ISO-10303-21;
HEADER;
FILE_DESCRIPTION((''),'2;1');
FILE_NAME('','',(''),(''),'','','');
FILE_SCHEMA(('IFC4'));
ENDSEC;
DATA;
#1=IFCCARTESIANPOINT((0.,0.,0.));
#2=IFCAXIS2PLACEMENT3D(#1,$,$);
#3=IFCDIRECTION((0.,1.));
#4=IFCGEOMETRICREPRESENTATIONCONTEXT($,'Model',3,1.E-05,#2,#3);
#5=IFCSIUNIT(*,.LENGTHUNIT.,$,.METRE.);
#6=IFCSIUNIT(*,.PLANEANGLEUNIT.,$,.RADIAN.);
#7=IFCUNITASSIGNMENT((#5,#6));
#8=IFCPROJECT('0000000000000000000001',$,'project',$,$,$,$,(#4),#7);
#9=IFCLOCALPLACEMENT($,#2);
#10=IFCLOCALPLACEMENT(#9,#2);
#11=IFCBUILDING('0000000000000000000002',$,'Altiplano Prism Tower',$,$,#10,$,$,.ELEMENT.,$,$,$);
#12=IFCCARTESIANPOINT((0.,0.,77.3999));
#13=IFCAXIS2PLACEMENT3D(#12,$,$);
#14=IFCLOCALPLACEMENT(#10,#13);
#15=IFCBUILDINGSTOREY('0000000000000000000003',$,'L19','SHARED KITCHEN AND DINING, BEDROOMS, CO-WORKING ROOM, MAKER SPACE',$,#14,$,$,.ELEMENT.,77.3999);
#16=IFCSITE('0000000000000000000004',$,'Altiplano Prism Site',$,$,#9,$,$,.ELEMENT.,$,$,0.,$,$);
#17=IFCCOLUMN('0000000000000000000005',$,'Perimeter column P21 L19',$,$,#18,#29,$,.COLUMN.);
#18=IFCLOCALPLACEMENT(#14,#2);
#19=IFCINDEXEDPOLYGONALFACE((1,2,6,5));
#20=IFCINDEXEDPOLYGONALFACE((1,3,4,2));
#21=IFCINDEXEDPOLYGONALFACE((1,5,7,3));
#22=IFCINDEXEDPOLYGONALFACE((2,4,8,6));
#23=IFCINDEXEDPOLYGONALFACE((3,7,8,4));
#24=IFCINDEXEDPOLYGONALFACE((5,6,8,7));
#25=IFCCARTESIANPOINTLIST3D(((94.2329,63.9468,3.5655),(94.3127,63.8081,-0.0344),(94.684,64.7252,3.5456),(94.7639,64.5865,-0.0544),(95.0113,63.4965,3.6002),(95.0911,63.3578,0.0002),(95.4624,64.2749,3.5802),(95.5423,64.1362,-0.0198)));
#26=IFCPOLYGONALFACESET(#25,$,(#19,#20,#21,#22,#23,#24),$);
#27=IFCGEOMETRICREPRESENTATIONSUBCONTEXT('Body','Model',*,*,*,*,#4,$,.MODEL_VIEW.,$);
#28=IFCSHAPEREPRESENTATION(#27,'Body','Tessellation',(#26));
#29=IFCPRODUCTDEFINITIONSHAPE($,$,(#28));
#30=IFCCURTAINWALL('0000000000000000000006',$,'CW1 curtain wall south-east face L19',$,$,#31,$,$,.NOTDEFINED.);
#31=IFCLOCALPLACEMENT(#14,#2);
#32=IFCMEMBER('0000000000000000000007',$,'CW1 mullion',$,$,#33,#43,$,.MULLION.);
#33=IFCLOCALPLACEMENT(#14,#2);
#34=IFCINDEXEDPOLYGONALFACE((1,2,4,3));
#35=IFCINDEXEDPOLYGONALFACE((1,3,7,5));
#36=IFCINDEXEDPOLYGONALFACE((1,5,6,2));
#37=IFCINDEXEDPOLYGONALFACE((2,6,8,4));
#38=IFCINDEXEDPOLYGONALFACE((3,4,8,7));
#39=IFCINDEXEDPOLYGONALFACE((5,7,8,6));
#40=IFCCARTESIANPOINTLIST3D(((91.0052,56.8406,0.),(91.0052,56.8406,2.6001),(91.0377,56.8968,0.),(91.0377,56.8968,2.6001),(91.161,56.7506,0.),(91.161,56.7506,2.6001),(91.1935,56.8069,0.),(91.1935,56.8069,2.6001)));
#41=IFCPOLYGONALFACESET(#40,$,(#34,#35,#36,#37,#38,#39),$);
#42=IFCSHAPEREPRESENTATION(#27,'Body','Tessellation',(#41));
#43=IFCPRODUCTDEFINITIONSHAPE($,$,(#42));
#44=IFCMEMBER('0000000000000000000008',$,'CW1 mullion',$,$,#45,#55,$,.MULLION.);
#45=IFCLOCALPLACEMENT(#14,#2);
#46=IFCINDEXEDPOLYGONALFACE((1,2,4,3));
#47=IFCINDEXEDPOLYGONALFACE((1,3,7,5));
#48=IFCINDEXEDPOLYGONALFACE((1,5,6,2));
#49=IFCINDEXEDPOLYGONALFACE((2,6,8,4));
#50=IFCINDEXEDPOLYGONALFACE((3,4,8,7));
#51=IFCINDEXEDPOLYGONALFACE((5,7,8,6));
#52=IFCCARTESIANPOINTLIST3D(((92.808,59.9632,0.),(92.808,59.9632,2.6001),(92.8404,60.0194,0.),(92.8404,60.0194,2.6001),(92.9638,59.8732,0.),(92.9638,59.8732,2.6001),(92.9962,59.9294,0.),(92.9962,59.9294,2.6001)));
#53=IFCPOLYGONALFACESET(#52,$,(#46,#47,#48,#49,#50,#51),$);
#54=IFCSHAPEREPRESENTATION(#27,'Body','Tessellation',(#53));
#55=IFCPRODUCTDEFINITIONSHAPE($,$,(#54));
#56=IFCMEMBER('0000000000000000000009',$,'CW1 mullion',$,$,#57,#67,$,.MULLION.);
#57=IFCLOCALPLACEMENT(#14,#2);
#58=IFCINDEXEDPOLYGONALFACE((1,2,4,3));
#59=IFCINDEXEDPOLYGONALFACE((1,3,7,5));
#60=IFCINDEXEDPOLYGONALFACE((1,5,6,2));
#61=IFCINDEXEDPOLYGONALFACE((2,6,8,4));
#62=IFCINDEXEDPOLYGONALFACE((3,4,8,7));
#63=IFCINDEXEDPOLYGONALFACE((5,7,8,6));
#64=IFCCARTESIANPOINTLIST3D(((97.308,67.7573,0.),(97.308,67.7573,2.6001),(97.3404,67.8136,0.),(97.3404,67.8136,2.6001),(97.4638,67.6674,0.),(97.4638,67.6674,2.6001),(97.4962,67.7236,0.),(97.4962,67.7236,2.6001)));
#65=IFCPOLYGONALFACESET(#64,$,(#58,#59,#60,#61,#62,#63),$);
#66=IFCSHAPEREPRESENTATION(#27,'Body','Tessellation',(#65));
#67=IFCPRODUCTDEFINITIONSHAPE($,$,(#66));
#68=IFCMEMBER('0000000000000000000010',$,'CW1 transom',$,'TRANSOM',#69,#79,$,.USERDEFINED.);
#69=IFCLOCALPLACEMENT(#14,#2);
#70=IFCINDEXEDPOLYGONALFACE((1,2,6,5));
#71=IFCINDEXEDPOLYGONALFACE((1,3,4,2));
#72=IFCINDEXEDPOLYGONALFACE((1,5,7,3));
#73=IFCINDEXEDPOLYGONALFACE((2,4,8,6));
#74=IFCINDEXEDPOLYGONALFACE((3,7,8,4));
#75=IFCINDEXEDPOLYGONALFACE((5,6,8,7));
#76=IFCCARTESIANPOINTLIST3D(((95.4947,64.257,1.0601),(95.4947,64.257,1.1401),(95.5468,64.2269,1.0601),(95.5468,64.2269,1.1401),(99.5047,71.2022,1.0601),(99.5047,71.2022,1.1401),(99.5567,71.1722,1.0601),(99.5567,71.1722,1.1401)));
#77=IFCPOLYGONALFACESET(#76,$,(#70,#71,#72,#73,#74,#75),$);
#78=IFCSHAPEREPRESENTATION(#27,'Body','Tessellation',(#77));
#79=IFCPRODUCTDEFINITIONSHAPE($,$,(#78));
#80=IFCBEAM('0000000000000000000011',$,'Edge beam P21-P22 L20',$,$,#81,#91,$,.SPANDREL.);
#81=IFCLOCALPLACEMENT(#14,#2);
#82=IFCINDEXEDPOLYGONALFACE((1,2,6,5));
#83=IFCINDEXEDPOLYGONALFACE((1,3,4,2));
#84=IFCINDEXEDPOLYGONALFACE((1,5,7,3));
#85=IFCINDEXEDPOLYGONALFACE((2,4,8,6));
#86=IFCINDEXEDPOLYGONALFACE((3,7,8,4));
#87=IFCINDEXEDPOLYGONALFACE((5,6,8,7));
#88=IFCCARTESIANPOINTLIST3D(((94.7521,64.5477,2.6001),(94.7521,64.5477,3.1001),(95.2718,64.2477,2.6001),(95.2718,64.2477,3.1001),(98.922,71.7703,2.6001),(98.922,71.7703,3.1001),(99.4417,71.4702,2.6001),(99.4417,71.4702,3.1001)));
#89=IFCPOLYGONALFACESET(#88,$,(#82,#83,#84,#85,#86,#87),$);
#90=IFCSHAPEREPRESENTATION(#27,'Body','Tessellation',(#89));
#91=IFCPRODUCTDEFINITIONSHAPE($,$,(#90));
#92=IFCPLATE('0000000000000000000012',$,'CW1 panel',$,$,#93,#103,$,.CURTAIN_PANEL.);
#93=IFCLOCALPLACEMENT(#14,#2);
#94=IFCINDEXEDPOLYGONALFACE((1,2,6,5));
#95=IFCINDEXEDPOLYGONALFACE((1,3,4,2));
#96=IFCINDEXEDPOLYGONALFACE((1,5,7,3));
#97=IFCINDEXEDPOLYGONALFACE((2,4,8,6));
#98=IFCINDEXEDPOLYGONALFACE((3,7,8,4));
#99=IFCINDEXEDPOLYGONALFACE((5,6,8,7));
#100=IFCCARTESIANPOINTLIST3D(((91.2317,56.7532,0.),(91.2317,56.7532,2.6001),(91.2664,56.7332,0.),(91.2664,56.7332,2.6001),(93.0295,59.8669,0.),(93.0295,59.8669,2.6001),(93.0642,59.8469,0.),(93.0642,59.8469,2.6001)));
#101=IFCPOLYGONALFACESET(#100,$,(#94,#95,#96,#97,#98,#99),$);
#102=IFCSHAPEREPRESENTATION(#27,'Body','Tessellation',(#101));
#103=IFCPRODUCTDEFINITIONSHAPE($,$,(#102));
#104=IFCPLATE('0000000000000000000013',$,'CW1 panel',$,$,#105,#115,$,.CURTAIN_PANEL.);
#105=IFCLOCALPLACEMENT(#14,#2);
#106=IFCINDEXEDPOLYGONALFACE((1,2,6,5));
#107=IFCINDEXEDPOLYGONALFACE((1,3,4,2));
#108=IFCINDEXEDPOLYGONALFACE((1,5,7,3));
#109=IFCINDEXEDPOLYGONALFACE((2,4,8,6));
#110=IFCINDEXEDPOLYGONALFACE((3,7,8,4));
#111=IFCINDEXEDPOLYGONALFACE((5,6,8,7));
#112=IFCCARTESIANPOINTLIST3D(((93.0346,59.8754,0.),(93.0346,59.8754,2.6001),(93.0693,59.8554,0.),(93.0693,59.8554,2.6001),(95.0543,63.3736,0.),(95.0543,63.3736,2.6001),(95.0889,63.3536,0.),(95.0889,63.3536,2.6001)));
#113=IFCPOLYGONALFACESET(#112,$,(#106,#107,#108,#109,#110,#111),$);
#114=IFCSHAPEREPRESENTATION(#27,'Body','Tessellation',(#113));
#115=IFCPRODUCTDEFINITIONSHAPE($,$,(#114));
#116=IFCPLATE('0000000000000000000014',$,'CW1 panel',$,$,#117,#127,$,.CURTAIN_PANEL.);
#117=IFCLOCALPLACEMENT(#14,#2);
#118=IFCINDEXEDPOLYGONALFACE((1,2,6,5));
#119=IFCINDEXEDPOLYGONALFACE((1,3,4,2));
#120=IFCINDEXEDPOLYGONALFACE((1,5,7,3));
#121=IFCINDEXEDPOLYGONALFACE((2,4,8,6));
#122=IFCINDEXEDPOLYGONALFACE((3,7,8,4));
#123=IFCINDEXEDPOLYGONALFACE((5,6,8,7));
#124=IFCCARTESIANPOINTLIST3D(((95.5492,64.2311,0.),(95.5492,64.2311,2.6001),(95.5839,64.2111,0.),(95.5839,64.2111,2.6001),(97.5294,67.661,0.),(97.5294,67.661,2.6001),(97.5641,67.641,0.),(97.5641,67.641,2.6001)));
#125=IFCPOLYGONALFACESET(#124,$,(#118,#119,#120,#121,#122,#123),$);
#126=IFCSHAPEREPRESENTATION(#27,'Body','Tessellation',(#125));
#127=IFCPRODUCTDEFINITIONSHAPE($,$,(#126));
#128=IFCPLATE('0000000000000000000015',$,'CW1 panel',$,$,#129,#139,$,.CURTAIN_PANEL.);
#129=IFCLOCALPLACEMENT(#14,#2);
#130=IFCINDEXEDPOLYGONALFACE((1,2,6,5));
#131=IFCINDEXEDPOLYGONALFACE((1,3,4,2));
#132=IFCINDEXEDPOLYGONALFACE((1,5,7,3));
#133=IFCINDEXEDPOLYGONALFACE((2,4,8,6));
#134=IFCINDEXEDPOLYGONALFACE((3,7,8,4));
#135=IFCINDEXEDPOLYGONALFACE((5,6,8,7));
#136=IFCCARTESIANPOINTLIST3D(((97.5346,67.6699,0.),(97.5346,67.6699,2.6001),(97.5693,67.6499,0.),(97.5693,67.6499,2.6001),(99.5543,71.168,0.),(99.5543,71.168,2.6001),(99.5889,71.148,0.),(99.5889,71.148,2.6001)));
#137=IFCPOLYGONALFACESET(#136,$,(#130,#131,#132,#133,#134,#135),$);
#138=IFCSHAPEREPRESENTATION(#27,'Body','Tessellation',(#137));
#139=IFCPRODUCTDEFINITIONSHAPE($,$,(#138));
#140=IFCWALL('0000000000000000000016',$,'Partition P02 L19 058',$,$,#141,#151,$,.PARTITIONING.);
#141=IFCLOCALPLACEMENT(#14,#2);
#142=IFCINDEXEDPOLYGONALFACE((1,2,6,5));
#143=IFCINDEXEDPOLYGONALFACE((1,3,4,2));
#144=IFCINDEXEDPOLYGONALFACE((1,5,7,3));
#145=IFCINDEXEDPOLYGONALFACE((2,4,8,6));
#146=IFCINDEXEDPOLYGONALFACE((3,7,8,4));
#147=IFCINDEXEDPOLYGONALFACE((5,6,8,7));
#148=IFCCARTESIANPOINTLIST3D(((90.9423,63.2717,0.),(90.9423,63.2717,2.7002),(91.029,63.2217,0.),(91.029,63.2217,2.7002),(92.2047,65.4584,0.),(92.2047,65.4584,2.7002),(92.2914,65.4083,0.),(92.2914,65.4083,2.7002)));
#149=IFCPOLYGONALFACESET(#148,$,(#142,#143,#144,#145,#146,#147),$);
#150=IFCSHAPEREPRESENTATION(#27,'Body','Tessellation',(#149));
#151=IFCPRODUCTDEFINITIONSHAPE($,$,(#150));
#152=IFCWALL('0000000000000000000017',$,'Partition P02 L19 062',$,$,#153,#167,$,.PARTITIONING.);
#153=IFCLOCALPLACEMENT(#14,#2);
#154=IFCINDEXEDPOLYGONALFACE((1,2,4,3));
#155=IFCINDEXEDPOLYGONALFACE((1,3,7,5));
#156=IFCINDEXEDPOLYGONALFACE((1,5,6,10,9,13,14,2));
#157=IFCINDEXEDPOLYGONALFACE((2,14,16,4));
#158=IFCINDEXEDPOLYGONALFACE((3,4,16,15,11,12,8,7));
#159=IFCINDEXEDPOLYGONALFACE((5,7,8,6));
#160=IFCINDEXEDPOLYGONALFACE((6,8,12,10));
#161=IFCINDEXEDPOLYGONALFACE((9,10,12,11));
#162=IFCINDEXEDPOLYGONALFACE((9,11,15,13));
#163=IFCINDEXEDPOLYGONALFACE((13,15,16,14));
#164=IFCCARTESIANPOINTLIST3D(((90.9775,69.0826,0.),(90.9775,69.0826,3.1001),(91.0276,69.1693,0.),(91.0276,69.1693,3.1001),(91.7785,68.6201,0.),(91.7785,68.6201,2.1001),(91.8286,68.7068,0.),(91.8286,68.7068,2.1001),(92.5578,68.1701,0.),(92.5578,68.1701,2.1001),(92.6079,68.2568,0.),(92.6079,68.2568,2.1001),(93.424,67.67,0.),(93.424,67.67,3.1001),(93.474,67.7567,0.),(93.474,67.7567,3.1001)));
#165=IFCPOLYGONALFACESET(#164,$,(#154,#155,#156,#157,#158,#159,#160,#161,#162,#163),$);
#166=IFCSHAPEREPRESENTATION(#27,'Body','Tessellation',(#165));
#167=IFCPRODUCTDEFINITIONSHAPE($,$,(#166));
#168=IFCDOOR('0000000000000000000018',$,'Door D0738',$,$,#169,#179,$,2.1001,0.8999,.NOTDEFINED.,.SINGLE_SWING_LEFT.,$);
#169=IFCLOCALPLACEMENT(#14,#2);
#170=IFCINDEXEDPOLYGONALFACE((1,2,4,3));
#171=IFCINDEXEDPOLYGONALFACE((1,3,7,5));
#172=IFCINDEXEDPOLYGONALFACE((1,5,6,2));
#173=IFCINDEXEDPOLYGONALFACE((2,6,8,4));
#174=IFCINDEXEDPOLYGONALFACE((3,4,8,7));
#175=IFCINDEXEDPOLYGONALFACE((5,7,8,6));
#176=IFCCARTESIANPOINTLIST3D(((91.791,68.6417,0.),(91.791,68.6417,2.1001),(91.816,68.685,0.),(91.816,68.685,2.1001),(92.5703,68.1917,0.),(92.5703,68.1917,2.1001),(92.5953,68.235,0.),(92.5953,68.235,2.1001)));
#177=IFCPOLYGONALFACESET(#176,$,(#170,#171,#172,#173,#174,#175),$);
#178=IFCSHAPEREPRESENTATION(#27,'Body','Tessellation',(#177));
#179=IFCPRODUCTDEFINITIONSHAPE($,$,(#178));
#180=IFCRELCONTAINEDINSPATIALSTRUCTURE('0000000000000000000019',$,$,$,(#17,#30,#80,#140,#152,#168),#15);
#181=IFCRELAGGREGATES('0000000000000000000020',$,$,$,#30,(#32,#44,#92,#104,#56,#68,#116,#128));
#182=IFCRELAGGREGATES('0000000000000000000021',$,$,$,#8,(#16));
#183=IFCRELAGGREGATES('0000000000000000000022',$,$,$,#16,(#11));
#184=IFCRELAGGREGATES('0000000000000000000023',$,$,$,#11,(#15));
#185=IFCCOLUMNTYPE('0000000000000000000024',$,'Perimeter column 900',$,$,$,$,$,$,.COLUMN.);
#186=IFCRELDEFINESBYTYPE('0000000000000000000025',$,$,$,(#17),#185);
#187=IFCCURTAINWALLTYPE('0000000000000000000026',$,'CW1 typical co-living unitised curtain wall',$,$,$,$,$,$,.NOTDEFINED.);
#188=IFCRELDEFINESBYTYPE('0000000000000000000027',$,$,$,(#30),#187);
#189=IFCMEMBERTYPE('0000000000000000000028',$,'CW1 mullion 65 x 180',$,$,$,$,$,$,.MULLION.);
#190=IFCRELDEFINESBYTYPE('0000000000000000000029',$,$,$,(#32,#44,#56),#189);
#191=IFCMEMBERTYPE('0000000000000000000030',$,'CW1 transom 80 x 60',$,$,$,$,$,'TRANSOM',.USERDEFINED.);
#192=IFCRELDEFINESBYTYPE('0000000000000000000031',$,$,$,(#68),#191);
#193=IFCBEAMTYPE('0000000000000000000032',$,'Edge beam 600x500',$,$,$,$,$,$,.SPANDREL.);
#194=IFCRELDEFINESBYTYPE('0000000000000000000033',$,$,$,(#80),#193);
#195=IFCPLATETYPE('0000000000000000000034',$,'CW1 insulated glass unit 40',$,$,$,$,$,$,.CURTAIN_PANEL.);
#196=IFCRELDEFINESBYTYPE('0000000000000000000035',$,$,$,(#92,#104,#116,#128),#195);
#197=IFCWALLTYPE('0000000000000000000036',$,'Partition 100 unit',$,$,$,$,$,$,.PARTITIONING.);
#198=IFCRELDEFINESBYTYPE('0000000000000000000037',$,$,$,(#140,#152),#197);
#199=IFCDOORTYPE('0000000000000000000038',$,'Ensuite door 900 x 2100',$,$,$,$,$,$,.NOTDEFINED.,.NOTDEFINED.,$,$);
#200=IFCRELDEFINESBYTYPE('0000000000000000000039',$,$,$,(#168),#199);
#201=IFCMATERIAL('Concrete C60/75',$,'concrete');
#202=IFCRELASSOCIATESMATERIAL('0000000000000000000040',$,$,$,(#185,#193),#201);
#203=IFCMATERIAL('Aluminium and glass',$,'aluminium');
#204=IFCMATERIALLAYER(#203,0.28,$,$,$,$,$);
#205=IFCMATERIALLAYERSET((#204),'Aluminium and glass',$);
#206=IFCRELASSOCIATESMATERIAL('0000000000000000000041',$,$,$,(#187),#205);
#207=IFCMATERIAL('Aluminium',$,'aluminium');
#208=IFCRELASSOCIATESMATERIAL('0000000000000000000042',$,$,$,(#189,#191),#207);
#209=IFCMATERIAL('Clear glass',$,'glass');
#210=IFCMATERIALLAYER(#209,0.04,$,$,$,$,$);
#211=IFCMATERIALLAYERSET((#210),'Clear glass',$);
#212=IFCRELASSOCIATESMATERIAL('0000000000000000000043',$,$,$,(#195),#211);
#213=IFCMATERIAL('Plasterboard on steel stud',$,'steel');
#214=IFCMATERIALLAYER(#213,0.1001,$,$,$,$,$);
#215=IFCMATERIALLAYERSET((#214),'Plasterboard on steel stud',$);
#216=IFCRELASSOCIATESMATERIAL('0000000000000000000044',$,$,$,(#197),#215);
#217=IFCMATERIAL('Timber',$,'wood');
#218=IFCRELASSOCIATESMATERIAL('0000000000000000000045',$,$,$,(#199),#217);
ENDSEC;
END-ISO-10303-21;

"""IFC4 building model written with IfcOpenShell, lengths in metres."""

from ifc_helpers import new_model, si_unit, direction, frame, frame_2d, origin, origin_2d, place, context, subcontext, project, spatial, rectangle, extrude, material, layer, layer_set, material_profile, profile_set, type_object, element, fill, aggregate, save


model = new_model("IFC4")

# Units and contexts
model_context = context("Model", 3, precision=1e-05, world=origin(), true_north=direction((0.0, 1.0)))
body_context = subcontext(model_context, "Body", "Model", "MODEL_VIEW")
ifc_project = project(units=[si_unit("LENGTHUNIT", "METRE"), si_unit("PLANEANGLEUNIT", "RADIAN")], contexts=[model_context])

# Site, building, storey
site_placement = place(None, origin())
site = spatial("IfcSite", under=ifc_project, at=site_placement, Name="Altiplano Prism Site", CompositionType="ELEMENT", RefElevation=0.0)
building_placement = place(site_placement, origin())
building = spatial("IfcBuilding", under=site, at=building_placement, Name="Altiplano Prism Tower", CompositionType="ELEMENT")
storey_placement = place(building_placement, frame((0.0, 0.0, 77.3999)))
storey = spatial("IfcBuildingStorey", under=building, at=storey_placement, Name="L19", Description="SHARED KITCHEN AND DINING, BEDROOMS, CO-WORKING ROOM, MAKER SPACE", CompositionType="ELEMENT", Elevation=77.3999)

# Column
ifc_material_1 = material(Name="Concrete C60/75", Category="concrete")
ifc_material_profile_1 = material_profile(ifc_material_1, rectangle(XDim=0.8999, YDim=0.8999, at=origin_2d()), Name="Perimeter column 900")
ifc_profile_set_1 = profile_set([ifc_material_profile_1], Name="Concrete C60/75")
column_type = type_object("IfcColumnType", Name="Perimeter column 900", PredefinedType="COLUMN", material=ifc_profile_set_1)
column_placement = place(storey_placement, frame((94.9275, 63.9722, -0.0271), z_axis=(-0.022155, 0.038484, 0.999014), x_axis=(-0.501322, -0.864976, 0.022202)))
element("IfcColumn", 1, at=column_placement, inside=storey, type_object=column_type, Name="Perimeter column P21 L19", PredefinedType="COLUMN", context=body_context, shape_type="SweptSolid", body=[
    extrude(rectangle(XDim=0.8999, YDim=0.8999, at=origin_2d()), origin(), (0.0, 0.0, 1.0), 3.6035),
])

# Curtain wall, members
ifc_material_2 = material(Name="Aluminium and glass", Category="aluminium")
ifc_layer_1 = layer(ifc_material_2, 0.28)
ifc_layer_set_1 = layer_set([ifc_layer_1], Name="Aluminium and glass")
curtain_wall_type = type_object("IfcCurtainWallType", Name="CW1 typical co-living unitised curtain wall", PredefinedType="NOTDEFINED", material=ifc_layer_set_1)
curtain_wall_placement = place(storey_placement, origin())
curtain_wall = element("IfcCurtainWall", 2, at=curtain_wall_placement, inside=storey, type_object=curtain_wall_type, Name="CW1 curtain wall south-east face L19", PredefinedType="NOTDEFINED")
ifc_material_3 = material(Name="Aluminium", Category="aluminium")
ifc_material_profile_2 = material_profile(ifc_material_3, rectangle(XDim=0.1799, YDim=0.0649, at=origin_2d()), Name="CW1 mullion 65 x 180")
ifc_profile_set_2 = profile_set([ifc_material_profile_2], Name="Aluminium")
member_type_1 = type_object("IfcMemberType", Name="CW1 mullion 65 x 180", PredefinedType="MULLION", material=ifc_profile_set_2)
member_1_placement = place(storey_placement, frame((91.0994, 56.8237, 0.0), z_axis=(0.0, 0.0, 1.0), x_axis=(-0.866025, 0.5, 0.0)))
member_1 = element("IfcMember", 3, at=member_1_placement, type_object=member_type_1, Name="CW1 mullion", PredefinedType="MULLION", context=body_context, shape_type="SweptSolid", body=[
    extrude(rectangle(XDim=0.1799, YDim=0.0649, at=origin_2d()), origin(), (0.0, 0.0, 1.0), 2.6001),
])
member_2_placement = place(storey_placement, frame((92.9021, 59.9463, 0.0), z_axis=(0.0, 0.0, 1.0), x_axis=(-0.866025, 0.5, 0.0)))
member_2 = element("IfcMember", 4, at=member_2_placement, type_object=member_type_1, Name="CW1 mullion", PredefinedType="MULLION", context=body_context, shape_type="SweptSolid", body=[
    extrude(rectangle(XDim=0.1799, YDim=0.0649, at=origin_2d()), origin(), (0.0, 0.0, 1.0), 2.6001),
])
member_3_placement = place(storey_placement, frame((97.4021, 67.7405, 0.0), z_axis=(0.0, 0.0, 1.0), x_axis=(-0.866025, 0.5, 0.0)))
member_3 = element("IfcMember", 5, at=member_3_placement, type_object=member_type_1, Name="CW1 mullion", PredefinedType="MULLION", context=body_context, shape_type="SweptSolid", body=[
    extrude(rectangle(XDim=0.1799, YDim=0.0649, at=origin_2d()), origin(), (0.0, 0.0, 1.0), 2.6001),
])
ifc_material_profile_3 = material_profile(ifc_material_3, rectangle(XDim=0.0601, YDim=0.0801, at=origin_2d()), Name="CW1 transom 80 x 60")
ifc_profile_set_3 = profile_set([ifc_material_profile_3], Name="Aluminium")
member_type_2 = type_object("IfcMemberType", Name="CW1 transom 80 x 60", ElementType="TRANSOM", PredefinedType="USERDEFINED", material=ifc_profile_set_3)
member_4_placement = place(storey_placement, frame((95.5208, 64.2419, 1.1001), z_axis=(0.500012, 0.866018, 0.0), x_axis=(-0.866018, 0.500012, 0.0)))
member_4 = element("IfcMember", 6, at=member_4_placement, type_object=member_type_2, Name="CW1 transom", ObjectType="TRANSOM", PredefinedType="USERDEFINED", context=body_context, shape_type="SweptSolid", body=[
    extrude(rectangle(XDim=0.0601, YDim=0.0801, at=origin_2d()), origin(), (0.0, 0.0, 1.0), 8.0198),
])

# Beam
ifc_material_profile_4 = material_profile(ifc_material_1, rectangle(XDim=0.6001, YDim=0.5, at=origin_2d()), Name="Edge beam 600x500")
ifc_profile_set_4 = profile_set([ifc_material_profile_4], Name="Concrete C60/75")
beam_type = type_object("IfcBeamType", Name="Edge beam 600x500", PredefinedType="SPANDREL", material=ifc_profile_set_4)
beam_placement = place(storey_placement, frame((95.012, 64.3977, 2.8501), z_axis=(0.499993, 0.86603, 0.0), x_axis=(-0.86603, 0.499993, 0.0)))
element("IfcBeam", 7, at=beam_placement, inside=storey, type_object=beam_type, Name="Edge beam P21-P22 L20", PredefinedType="SPANDREL", context=body_context, shape_type="SweptSolid", body=[
    extrude(rectangle(XDim=0.6001, YDim=0.5, at=origin_2d()), origin(), (0.0, 0.0, 1.0), 8.3398),
])

# Plates
ifc_material_4 = material(Name="Clear glass", Category="glass")
ifc_layer_2 = layer(ifc_material_4, 0.04)
ifc_layer_set_2 = layer_set([ifc_layer_2], Name="Clear glass")
plate_type = type_object("IfcPlateType", Name="CW1 insulated glass unit 40", PredefinedType="CURTAIN_PANEL", material=ifc_layer_set_2)
plate_1_placement = place(storey_placement, frame((92.1479, 58.3, 0.0), z_axis=(0.0, 0.0, 1.0), x_axis=(0.5, 0.866025, 0.0)))
plate_1 = element("IfcPlate", 8, at=plate_1_placement, type_object=plate_type, Name="CW1 panel", PredefinedType="CURTAIN_PANEL", context=body_context, shape_type="SweptSolid", body=[
    extrude(rectangle(XDim=3.5955, YDim=0.04, at=origin_2d()), origin(), (0.0, 0.0, 1.0), 2.6001),
])
plate_2_placement = place(storey_placement, frame((94.0618, 61.6145, 0.0), z_axis=(0.0, 0.0, 1.0), x_axis=(0.5, 0.866025, 0.0)))
plate_2 = element("IfcPlate", 9, at=plate_2_placement, type_object=plate_type, Name="CW1 panel", PredefinedType="CURTAIN_PANEL", context=body_context, shape_type="SweptSolid", body=[
    extrude(rectangle(XDim=4.0393, YDim=0.04, at=origin_2d()), origin(), (0.0, 0.0, 1.0), 2.6001),
])
plate_3_placement = place(storey_placement, frame((96.5566, 65.936, 0.0), z_axis=(0.0, 0.0, 1.0), x_axis=(0.5, 0.866025, 0.0)))
plate_3 = element("IfcPlate", 10, at=plate_3_placement, type_object=plate_type, Name="CW1 panel", PredefinedType="CURTAIN_PANEL", context=body_context, shape_type="SweptSolid", body=[
    extrude(rectangle(XDim=3.9604, YDim=0.04, at=origin_2d()), origin(), (0.0, 0.0, 1.0), 2.6001),
])
plate_4_placement = place(storey_placement, frame((98.5618, 69.4089, 0.0), z_axis=(0.0, 0.0, 1.0), x_axis=(0.5, 0.866025, 0.0)))
plate_4 = element("IfcPlate", 11, at=plate_4_placement, type_object=plate_type, Name="CW1 panel", PredefinedType="CURTAIN_PANEL", context=body_context, shape_type="SweptSolid", body=[
    extrude(rectangle(XDim=4.0393, YDim=0.04, at=origin_2d()), origin(), (0.0, 0.0, 1.0), 2.6001),
])
aggregate(curtain_wall, [member_1, member_2, plate_1, plate_2, member_3, member_4, plate_3, plate_4])

# Wall
ifc_material_5 = material(Name="Plasterboard on steel stud", Category="steel")
ifc_layer_3 = layer(ifc_material_5, 0.1001)
ifc_layer_set_3 = layer_set([ifc_layer_3], Name="Plasterboard on steel stud")
wall_type_1 = type_object("IfcWallType", Name="Partition 100 unit", PredefinedType="PARTITIONING", material=ifc_layer_set_3)
wall_1_placement = place(storey_placement, frame((92.248, 65.4333, 0.0), z_axis=(0.0, 0.0, 1.0), x_axis=(-0.499976, -0.866039, 0.0)))
element("IfcWall", 12, at=wall_1_placement, inside=storey, type_object=wall_type_1, Name="Partition P02 L19 058", PredefinedType="PARTITIONING", context=body_context, shape_type="SweptSolid", body=[
    extrude(rectangle(XDim=2.5249, YDim=0.1001, at=frame_2d((1.2625, 0.0))), origin(), (0.0, 0.0, 1.0), 2.7002),
])

# Wall, opening, door
wall_2_placement = place(storey_placement, frame((91.0024, 69.126, 0.0), z_axis=(0.0, 0.0, 1.0), x_axis=(0.866011, -0.500024, 0.0)))
wall_2 = element("IfcWall", 13, at=wall_2_placement, inside=storey, type_object=wall_type_1, Name="Partition P02 L19 062", PredefinedType="PARTITIONING", context=body_context, shape_type="SweptSolid", body=[
    extrude(rectangle(XDim=2.825, YDim=0.1001, at=frame_2d((1.4126, 0.0))), origin(), (0.0, 0.0, 1.0), 3.1001),
])
opening_1_placement = place(wall_2_placement, frame((0.925, 0.0, 0.0)))
opening_1 = element("IfcOpeningElement", 14, at=opening_1_placement, cuts=wall_2, PredefinedType="OPENING", context=body_context, shape_type="SweptSolid", body=[
    extrude(rectangle(XDim=0.8999, YDim=2.1001, at=frame_2d((0.45, 1.05))), frame((0.0, 0.0605, 0.0), z_axis=(0.0, -1.0, 0.0), x_axis=(1.0, 0.0, 0.0)), (0.0, 0.0, 1.0), 0.1211),
])
ifc_material_6 = material(Name="Timber", Category="wood")
door_type = type_object("IfcDoorType", Name="Ensuite door 900 x 2100", OperationType="NOTDEFINED", PredefinedType="NOTDEFINED", material=ifc_material_6)
door_1_placement = place(opening_1_placement, origin())
door_1 = element("IfcDoor", 15, at=door_1_placement, inside=storey, type_object=door_type, Name="Door D0738", OperationType="SINGLE_SWING_LEFT", OverallHeight=2.1001, OverallWidth=0.8999, PredefinedType="NOTDEFINED", context=body_context, shape_type="SweptSolid", body=[
    extrude(rectangle(XDim=0.8999, YDim=2.1001, at=frame_2d((0.45, 1.05))), frame((0.0, 0.0249, 0.0), z_axis=(0.0, -1.0, 0.0), x_axis=(1.0, 0.0, 0.0)), (0.0, 0.0, 1.0), 0.05),
])
fill(opening_1, door_1)

save(model, "model.ifc")
